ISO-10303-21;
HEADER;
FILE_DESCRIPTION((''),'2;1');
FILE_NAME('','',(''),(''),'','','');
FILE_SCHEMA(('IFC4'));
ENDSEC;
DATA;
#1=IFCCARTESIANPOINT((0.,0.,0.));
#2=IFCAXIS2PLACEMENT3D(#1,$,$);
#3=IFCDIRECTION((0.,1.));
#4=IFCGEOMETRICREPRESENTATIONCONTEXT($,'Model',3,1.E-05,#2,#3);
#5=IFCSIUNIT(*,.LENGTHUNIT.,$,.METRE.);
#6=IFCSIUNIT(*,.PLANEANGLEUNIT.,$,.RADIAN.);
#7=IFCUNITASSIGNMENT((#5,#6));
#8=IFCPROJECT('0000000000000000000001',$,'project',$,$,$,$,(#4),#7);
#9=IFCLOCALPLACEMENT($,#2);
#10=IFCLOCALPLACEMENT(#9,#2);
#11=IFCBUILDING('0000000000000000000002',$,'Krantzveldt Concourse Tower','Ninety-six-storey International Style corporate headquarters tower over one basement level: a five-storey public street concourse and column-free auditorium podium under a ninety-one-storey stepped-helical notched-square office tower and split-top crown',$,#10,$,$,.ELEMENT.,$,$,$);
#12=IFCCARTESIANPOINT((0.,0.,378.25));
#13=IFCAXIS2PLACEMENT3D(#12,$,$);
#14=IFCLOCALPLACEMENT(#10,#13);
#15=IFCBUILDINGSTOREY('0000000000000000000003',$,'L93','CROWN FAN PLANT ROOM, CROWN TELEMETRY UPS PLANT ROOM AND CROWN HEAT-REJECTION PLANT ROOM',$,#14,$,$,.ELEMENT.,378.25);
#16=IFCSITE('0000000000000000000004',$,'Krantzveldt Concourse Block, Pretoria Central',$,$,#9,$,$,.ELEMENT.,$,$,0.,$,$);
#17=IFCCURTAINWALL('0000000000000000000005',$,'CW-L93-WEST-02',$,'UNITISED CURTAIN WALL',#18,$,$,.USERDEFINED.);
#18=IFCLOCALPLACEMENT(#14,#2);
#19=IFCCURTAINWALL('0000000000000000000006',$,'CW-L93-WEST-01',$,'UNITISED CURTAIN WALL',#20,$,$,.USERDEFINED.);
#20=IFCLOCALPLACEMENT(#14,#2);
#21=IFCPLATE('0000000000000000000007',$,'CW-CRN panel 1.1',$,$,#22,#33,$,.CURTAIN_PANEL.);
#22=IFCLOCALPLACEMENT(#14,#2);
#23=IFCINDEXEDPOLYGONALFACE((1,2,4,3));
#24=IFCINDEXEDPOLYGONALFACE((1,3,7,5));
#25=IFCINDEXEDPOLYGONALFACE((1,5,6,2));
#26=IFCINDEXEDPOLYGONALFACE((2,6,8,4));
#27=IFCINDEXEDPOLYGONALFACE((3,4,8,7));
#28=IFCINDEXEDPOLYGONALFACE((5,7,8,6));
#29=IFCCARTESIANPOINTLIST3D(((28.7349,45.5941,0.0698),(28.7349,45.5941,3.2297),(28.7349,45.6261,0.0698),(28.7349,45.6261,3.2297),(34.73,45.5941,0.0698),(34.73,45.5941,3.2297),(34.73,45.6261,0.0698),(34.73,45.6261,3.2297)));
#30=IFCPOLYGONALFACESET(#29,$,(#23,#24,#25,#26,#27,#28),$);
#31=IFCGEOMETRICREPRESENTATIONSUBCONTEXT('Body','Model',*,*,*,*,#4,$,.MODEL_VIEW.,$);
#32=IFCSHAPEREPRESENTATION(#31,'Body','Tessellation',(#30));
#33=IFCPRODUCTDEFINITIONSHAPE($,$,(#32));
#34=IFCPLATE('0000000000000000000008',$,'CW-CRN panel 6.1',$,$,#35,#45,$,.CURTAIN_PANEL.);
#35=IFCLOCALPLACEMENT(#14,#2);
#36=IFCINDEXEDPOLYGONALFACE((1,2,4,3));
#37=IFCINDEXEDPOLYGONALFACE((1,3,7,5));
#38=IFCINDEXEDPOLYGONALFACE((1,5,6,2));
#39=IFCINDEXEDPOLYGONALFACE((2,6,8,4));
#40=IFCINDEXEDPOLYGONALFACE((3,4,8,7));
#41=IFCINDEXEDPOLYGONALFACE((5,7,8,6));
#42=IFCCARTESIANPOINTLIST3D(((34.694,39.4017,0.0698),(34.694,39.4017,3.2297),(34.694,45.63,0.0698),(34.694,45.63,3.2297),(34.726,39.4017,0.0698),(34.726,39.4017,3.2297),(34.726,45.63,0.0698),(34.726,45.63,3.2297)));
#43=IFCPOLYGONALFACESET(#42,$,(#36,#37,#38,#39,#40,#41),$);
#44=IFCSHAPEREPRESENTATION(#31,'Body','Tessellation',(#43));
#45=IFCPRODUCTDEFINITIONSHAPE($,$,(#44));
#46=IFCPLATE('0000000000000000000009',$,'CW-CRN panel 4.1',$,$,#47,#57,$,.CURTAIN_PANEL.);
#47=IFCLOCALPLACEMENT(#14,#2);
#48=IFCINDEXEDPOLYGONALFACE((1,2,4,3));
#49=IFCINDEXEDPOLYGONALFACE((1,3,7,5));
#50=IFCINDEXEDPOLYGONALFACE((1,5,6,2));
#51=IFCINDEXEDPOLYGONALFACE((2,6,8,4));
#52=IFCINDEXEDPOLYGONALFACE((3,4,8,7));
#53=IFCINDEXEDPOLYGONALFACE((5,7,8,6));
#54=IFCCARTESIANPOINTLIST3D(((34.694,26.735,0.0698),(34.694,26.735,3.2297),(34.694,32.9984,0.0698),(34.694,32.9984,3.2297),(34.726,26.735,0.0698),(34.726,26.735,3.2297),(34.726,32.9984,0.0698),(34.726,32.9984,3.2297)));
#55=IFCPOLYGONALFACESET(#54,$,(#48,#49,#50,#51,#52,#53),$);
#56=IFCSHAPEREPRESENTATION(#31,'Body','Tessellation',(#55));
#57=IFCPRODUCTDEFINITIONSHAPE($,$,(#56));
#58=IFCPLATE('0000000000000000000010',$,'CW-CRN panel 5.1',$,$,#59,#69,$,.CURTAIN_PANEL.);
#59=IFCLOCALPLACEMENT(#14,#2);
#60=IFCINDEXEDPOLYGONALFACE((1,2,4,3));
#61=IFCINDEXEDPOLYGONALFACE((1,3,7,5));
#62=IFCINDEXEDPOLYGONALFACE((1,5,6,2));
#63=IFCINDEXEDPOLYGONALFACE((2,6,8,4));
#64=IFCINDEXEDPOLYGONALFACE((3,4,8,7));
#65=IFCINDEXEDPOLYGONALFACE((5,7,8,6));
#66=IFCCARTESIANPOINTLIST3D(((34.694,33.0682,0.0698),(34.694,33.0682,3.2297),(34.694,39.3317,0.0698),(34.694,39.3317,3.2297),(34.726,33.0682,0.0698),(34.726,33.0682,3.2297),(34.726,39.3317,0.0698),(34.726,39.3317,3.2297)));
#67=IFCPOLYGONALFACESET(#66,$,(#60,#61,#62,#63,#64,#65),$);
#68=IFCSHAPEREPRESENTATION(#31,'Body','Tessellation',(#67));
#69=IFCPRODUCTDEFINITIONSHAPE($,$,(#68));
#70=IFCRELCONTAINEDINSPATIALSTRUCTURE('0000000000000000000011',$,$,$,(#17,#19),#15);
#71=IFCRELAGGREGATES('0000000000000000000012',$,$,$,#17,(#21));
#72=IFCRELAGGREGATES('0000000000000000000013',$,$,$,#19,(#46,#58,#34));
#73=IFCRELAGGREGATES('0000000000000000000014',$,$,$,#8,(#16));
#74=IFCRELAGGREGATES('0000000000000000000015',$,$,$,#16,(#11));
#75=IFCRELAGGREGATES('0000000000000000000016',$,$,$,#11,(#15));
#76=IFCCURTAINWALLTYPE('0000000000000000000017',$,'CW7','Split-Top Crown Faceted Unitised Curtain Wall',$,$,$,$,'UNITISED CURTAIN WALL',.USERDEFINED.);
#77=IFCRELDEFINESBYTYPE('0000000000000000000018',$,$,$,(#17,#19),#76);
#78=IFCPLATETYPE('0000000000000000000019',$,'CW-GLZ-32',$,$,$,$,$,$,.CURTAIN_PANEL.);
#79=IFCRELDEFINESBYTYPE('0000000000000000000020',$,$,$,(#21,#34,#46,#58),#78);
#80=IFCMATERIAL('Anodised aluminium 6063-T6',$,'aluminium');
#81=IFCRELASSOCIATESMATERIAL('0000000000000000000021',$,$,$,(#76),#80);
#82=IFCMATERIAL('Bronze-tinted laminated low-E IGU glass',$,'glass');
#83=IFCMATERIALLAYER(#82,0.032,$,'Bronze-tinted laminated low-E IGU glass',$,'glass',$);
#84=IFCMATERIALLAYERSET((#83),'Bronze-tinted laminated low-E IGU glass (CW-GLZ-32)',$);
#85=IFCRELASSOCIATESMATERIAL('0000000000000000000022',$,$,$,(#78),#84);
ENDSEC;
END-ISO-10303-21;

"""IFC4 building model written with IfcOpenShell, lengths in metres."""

from ifc_helpers import new_model, si_unit, direction, frame, origin, origin_2d, place, context, subcontext, project, spatial, rectangle, extrude, source, transform, mapped, material, layer, layer_set, type_object, type_shapes, element, aggregate, save


model = new_model("IFC4")

# Units and contexts
model_context = context("Model", 3, precision=1e-05, world=origin(), true_north=direction((0.0, 1.0)))
body_context = subcontext(model_context, "Body", "Model", "MODEL_VIEW")
ifc_project = project(units=[si_unit("LENGTHUNIT", "METRE"), si_unit("PLANEANGLEUNIT", "RADIAN")], contexts=[model_context])

# Site, building, storey
site_placement = place(None, origin())
site = spatial("IfcSite", under=ifc_project, at=site_placement, Name="Krantzveldt Concourse Block, Pretoria Central", CompositionType="ELEMENT", RefElevation=0.0)
building_placement = place(site_placement, origin())
building = spatial("IfcBuilding", under=site, at=building_placement, Name="Krantzveldt Concourse Tower", Description="Ninety-six-storey International Style corporate headquarters tower over one basement level: a five-storey public street concourse and column-free auditorium podium under a ninety-one-storey stepped-helical notched-square office tower and split-top crown", CompositionType="ELEMENT")
storey_placement = place(building_placement, frame((0.0, 0.0, 378.25)))
storey = spatial("IfcBuildingStorey", under=building, at=storey_placement, Name="L93", Description="CROWN FAN PLANT ROOM, CROWN TELEMETRY UPS PLANT ROOM AND CROWN HEAT-REJECTION PLANT ROOM", CompositionType="ELEMENT", Elevation=378.25)

# Curtain walls
ifc_material_1 = material(Name="Anodised aluminium 6063-T6", Category="aluminium")
curtain_wall_type = type_object("IfcCurtainWallType", Name="CW7", Description="Split-Top Crown Faceted Unitised Curtain Wall", ElementType="UNITISED CURTAIN WALL", PredefinedType="USERDEFINED", material=ifc_material_1)
curtain_wall_1_placement = place(storey_placement, origin())
curtain_wall_1 = element("IfcCurtainWall", 1, at=curtain_wall_1_placement, inside=storey, type_object=curtain_wall_type, Name="CW-L93-WEST-02", ObjectType="UNITISED CURTAIN WALL", PredefinedType="USERDEFINED")
curtain_wall_2_placement = place(storey_placement, origin())
curtain_wall_2 = element("IfcCurtainWall", 2, at=curtain_wall_2_placement, inside=storey, type_object=curtain_wall_type, Name="CW-L93-WEST-01", ObjectType="UNITISED CURTAIN WALL", PredefinedType="USERDEFINED")

# Plates
ifc_material_2 = material(Name="Bronze-tinted laminated low-E IGU glass", Category="glass")
ifc_layer = layer(ifc_material_2, 0.032, Name="Bronze-tinted laminated low-E IGU glass", Category="glass")
ifc_layer_set = layer_set([ifc_layer], Name="Bronze-tinted laminated low-E IGU glass (CW-GLZ-32)")
plate_type = type_object("IfcPlateType", Name="CW-GLZ-32", PredefinedType="CURTAIN_PANEL", material=ifc_layer_set)
shared_shape_1 = source(origin(), body_context, "Body", "SweptSolid", [
    extrude(rectangle(XDim=5.9951, YDim=0.032, at=origin_2d()), origin(), (0.0, 0.0, 1.0), 3.1599),
])
plate_1_placement = place(storey_placement, frame((31.7324, 45.6101, 0.0698), z_axis=(0.0, 0.0, 1.0), x_axis=(-1.0, 0.0, 0.0)))
plate_1 = element("IfcPlate", 3, at=plate_1_placement, type_object=plate_type, Name="CW-CRN panel 1.1", PredefinedType="CURTAIN_PANEL", context=body_context, shape_type="MappedRepresentation", body=[
    mapped(shared_shape_1, transform((0.0, 0.0, 0.0), x_axis=(1.0, 0.0, 0.0), y_axis=(0.0, 1.0, 0.0), z_axis=(0.0, 0.0, 1.0), scale=1.0)),
])
aggregate(curtain_wall_1, [plate_1])
shared_shape_2 = source(origin(), body_context, "Body", "SweptSolid", [
    extrude(rectangle(XDim=6.2283, YDim=0.032, at=origin_2d()), origin(), (0.0, 0.0, 1.0), 3.1599),
])
plate_2_placement = place(storey_placement, frame((34.71, 42.5159, 0.0698), z_axis=(0.0, 0.0, 1.0), x_axis=(0.0, 1.0, 0.0)))
plate_2 = element("IfcPlate", 4, at=plate_2_placement, type_object=plate_type, Name="CW-CRN panel 6.1", PredefinedType="CURTAIN_PANEL", context=body_context, shape_type="MappedRepresentation", body=[
    mapped(shared_shape_2, transform((0.0, 0.0, 0.0), x_axis=(1.0, 0.0, 0.0), y_axis=(0.0, 1.0, 0.0), z_axis=(0.0, 0.0, 1.0), scale=1.0)),
])
shared_shape_3 = source(origin(), body_context, "Body", "SweptSolid", [
    extrude(rectangle(XDim=6.2634, YDim=0.032, at=origin_2d()), origin(), (0.0, 0.0, 1.0), 3.1599),
])
type_shapes(plate_type, [shared_shape_1, shared_shape_2, shared_shape_3])
plate_3_placement = place(storey_placement, frame((34.71, 29.8667, 0.0698), z_axis=(0.0, 0.0, 1.0), x_axis=(0.0, 1.0, 0.0)))
plate_3 = element("IfcPlate", 5, at=plate_3_placement, type_object=plate_type, Name="CW-CRN panel 4.1", PredefinedType="CURTAIN_PANEL", context=body_context, shape_type="MappedRepresentation", body=[
    mapped(shared_shape_3, transform((0.0, 0.0, 0.0), x_axis=(1.0, 0.0, 0.0), y_axis=(0.0, 1.0, 0.0), z_axis=(0.0, 0.0, 1.0), scale=1.0)),
])
plate_4_placement = place(storey_placement, frame((34.71, 36.2, 0.0698), z_axis=(0.0, 0.0, 1.0), x_axis=(0.0, 1.0, 0.0)))
plate_4 = element("IfcPlate", 6, at=plate_4_placement, type_object=plate_type, Name="CW-CRN panel 5.1", PredefinedType="CURTAIN_PANEL", context=body_context, shape_type="MappedRepresentation", body=[
    mapped(shared_shape_3, transform((0.0, 0.0, 0.0), x_axis=(1.0, 0.0, 0.0), y_axis=(0.0, 1.0, 0.0), z_axis=(0.0, 0.0, 1.0), scale=1.0)),
])
aggregate(curtain_wall_2, [plate_3, plate_4, plate_2])

save(model, "model.ifc")
